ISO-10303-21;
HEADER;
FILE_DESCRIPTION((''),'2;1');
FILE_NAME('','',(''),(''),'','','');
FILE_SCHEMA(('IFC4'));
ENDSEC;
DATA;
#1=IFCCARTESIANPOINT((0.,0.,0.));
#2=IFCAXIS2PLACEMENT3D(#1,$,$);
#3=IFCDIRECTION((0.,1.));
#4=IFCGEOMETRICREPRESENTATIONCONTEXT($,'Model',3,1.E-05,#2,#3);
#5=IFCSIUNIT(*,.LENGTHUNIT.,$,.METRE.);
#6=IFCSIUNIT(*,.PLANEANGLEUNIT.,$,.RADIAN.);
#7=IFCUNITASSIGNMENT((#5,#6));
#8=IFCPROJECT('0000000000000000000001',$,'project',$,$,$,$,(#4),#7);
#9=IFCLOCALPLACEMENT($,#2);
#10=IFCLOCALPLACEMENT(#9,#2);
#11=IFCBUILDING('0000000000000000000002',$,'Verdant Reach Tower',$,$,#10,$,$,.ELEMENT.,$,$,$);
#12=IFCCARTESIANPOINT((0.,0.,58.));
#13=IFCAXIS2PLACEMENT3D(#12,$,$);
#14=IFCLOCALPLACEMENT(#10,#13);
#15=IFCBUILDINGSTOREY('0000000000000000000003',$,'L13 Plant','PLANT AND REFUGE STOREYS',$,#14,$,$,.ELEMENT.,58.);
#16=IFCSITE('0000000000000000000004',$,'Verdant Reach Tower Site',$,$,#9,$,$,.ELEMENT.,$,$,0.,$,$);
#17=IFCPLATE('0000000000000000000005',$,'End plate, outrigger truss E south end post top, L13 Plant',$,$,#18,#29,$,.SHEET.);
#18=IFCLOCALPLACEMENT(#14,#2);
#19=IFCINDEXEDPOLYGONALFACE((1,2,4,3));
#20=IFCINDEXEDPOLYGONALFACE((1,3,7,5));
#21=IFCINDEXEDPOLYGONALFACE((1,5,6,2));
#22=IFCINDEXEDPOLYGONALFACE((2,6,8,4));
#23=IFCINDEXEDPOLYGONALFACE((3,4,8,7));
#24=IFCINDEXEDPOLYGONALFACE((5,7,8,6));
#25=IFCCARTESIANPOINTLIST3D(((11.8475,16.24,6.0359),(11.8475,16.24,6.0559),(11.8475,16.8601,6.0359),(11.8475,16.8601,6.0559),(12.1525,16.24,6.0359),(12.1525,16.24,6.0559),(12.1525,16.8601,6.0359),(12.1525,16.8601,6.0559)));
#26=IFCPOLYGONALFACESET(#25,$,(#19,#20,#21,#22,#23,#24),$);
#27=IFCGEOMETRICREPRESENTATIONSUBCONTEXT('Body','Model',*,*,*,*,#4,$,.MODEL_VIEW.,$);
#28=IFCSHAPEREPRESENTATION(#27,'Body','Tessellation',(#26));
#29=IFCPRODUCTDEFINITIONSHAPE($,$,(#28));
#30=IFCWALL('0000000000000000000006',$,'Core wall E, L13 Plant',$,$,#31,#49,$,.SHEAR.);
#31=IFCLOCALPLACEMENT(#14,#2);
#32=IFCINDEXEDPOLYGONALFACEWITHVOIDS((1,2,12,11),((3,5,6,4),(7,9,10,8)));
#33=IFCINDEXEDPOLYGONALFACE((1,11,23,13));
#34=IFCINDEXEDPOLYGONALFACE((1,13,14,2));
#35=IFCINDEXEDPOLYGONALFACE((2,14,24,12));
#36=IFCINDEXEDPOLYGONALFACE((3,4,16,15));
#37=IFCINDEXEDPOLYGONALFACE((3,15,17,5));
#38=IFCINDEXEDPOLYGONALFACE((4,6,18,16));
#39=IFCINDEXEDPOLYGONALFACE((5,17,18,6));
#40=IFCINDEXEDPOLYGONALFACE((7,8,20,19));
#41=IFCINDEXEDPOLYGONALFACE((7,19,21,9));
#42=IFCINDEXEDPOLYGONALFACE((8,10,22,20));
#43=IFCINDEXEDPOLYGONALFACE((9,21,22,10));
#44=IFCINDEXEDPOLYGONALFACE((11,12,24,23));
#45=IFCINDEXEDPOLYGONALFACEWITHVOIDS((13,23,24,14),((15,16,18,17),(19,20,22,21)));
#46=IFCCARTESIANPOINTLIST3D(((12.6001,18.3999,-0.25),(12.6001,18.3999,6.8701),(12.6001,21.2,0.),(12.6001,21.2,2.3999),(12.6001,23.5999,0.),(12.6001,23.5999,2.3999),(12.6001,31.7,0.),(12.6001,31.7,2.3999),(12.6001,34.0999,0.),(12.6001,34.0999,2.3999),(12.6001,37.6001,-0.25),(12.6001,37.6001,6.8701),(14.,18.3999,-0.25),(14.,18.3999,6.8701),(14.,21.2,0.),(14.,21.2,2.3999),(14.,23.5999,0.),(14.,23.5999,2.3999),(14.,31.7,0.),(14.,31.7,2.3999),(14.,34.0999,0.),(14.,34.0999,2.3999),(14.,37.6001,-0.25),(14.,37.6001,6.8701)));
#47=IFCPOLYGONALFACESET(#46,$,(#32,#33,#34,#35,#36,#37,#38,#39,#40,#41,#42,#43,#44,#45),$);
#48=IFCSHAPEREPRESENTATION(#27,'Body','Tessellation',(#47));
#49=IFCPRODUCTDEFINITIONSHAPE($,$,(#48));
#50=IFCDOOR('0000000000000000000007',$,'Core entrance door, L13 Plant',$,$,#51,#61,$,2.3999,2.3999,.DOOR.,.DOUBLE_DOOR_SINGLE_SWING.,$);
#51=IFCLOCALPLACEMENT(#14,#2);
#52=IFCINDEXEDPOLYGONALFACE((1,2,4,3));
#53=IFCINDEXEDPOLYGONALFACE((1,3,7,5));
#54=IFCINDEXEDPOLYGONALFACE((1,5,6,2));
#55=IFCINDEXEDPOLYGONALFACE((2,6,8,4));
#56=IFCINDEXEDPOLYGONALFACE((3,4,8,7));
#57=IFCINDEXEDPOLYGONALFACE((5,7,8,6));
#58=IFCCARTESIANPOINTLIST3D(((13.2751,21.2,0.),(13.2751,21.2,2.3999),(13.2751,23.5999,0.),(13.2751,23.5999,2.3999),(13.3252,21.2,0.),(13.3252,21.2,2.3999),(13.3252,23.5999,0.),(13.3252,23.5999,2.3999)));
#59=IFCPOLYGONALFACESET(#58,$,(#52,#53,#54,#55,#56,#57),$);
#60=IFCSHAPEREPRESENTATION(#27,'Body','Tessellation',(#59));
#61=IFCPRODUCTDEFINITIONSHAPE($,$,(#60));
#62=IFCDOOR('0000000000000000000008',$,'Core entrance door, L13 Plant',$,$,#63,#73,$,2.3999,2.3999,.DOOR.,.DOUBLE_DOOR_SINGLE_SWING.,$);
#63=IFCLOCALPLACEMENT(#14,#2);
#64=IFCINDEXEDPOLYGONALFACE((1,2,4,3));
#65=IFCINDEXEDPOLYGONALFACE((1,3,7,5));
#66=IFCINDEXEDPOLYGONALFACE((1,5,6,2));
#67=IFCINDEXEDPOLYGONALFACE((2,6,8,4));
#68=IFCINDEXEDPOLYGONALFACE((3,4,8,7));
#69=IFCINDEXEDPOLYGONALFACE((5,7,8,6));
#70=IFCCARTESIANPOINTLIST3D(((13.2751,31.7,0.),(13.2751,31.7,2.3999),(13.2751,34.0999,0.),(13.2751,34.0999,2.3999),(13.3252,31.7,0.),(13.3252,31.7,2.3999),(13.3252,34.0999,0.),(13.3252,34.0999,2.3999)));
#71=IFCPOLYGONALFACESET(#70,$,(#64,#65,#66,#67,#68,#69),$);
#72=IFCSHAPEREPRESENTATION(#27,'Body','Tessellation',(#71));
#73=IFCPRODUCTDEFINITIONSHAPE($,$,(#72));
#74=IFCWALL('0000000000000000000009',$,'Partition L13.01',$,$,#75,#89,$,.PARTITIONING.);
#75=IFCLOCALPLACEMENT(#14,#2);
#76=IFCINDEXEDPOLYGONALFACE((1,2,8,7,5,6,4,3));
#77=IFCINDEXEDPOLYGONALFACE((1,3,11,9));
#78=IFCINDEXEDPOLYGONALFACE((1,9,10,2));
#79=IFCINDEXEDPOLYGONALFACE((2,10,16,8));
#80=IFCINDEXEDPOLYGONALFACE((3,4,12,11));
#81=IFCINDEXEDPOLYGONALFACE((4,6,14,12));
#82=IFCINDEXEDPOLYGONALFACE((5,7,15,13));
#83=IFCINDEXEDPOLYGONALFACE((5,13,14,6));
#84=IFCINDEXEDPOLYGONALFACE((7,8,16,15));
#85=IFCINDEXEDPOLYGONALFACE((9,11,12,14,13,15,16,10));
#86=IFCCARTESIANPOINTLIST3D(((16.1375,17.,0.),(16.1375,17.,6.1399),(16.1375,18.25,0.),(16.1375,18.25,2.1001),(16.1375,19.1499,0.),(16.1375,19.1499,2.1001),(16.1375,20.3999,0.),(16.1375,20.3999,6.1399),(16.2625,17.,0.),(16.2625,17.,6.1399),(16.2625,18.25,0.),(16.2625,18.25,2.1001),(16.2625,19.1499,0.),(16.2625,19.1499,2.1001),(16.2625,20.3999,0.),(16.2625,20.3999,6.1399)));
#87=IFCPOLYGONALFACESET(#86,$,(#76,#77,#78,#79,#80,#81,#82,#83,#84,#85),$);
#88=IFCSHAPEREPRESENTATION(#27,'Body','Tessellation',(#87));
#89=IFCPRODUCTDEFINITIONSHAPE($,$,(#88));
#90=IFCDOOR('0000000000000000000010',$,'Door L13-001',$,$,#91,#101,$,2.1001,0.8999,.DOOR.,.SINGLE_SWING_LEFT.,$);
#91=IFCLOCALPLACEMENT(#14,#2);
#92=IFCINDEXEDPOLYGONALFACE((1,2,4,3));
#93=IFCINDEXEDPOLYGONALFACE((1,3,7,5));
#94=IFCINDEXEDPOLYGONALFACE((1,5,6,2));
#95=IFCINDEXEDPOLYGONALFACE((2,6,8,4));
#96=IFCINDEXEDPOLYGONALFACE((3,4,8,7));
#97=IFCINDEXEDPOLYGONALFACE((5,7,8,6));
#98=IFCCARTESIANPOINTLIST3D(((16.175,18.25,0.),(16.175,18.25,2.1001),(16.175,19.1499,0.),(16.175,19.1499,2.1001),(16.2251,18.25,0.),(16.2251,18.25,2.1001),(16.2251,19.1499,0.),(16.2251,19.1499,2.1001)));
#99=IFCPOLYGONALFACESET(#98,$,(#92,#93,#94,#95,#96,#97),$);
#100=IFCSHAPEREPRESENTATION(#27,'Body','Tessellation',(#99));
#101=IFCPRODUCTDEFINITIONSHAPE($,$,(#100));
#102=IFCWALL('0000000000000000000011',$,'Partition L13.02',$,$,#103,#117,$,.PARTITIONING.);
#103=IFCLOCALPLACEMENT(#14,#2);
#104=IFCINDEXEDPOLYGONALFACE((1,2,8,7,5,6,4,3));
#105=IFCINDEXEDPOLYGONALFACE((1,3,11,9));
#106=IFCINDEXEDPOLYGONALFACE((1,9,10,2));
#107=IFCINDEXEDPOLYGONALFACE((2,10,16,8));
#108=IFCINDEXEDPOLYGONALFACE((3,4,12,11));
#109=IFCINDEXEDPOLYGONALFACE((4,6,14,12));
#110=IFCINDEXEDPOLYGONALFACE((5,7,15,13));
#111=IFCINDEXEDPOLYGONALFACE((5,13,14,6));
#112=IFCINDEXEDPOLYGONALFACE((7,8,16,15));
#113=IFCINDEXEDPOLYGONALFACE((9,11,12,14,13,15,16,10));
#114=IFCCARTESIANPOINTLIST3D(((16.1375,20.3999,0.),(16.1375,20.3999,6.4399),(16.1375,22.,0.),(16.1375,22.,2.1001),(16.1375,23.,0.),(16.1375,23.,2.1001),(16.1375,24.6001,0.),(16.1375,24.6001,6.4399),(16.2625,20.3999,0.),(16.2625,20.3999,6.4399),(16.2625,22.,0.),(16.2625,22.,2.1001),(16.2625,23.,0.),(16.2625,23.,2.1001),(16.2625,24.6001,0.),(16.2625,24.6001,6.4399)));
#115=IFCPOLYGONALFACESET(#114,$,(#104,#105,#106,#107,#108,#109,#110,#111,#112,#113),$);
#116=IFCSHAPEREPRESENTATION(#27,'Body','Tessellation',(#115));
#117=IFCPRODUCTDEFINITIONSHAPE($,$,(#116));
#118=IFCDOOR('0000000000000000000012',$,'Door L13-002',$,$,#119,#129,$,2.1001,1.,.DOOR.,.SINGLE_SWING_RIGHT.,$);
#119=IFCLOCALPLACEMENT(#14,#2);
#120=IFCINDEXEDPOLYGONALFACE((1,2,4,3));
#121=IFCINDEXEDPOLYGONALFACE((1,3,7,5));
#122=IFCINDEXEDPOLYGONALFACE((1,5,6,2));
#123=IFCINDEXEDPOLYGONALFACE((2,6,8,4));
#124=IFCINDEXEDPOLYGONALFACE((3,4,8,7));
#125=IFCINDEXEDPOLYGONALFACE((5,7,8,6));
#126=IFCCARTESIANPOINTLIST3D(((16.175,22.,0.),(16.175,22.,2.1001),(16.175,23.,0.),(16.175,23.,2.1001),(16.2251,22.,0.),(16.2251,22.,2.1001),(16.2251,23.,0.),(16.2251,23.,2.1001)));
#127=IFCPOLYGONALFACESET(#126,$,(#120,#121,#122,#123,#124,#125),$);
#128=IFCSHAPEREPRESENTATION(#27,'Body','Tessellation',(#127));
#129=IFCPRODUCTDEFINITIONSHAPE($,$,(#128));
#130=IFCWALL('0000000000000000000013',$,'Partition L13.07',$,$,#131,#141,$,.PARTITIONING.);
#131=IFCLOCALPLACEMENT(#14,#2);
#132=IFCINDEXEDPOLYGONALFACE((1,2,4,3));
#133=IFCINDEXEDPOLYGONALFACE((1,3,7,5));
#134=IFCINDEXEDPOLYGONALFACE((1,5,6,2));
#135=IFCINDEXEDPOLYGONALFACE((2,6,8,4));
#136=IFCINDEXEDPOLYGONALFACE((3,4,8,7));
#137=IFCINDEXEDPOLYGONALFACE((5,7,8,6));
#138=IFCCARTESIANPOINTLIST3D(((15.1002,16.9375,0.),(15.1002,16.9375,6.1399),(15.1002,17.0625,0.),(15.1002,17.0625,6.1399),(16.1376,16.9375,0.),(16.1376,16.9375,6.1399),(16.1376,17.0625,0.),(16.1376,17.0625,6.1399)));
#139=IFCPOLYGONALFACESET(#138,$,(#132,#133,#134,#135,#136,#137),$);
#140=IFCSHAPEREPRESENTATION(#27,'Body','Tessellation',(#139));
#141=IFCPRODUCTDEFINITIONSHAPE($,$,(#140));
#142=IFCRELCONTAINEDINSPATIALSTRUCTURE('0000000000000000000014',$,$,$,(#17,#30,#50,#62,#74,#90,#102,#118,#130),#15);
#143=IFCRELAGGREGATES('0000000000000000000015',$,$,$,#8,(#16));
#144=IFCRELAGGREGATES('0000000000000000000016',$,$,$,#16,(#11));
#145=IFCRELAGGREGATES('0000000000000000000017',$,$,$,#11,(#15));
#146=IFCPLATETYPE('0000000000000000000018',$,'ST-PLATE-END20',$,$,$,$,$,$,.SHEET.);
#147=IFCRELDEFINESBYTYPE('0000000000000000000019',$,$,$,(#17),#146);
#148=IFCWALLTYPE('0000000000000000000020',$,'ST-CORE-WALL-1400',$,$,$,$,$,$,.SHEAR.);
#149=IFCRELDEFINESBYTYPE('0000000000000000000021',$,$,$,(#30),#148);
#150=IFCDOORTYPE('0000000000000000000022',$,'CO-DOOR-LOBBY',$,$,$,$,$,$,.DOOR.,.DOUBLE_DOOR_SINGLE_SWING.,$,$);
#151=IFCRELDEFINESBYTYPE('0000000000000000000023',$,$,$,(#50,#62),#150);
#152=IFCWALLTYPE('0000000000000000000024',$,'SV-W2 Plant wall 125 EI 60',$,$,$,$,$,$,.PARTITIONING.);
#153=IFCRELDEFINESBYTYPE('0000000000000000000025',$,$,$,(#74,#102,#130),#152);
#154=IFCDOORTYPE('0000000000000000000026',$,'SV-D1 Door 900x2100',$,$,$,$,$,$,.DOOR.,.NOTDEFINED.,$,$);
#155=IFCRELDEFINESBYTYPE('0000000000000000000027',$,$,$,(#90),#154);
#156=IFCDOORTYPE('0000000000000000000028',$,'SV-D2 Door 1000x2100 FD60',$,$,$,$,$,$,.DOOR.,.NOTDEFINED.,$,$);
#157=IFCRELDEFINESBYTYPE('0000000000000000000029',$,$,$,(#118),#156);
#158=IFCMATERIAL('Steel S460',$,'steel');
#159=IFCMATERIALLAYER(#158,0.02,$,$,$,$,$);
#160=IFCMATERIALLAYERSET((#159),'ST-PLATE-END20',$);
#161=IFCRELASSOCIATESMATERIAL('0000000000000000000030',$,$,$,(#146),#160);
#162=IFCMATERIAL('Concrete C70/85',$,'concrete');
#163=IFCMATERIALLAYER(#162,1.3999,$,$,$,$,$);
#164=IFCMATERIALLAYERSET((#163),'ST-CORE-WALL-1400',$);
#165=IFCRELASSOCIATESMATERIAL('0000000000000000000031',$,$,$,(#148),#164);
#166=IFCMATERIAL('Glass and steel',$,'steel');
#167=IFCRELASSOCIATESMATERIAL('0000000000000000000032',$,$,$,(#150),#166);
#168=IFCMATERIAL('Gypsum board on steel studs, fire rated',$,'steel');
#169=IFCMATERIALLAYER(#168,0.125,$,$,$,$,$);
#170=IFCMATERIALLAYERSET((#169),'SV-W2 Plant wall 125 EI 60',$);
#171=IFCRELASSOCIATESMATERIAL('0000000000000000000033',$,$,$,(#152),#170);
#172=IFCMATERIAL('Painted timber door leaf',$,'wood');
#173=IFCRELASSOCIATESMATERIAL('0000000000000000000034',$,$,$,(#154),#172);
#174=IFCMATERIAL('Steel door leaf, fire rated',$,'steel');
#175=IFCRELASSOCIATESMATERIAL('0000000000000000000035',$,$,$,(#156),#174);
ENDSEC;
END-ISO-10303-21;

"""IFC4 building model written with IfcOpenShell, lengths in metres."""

from ifc_helpers import new_model, si_unit, direction, frame, frame_2d, origin, origin_2d, place, context, subcontext, project, spatial, rectangle, extrude, material, layer, layer_set, type_object, element, fill, save


model = new_model("IFC4")

# Units and contexts
model_context = context("Model", 3, precision=1e-05, world=origin(), true_north=direction((0.0, 1.0)))
body_context = subcontext(model_context, "Body", "Model", "MODEL_VIEW")
ifc_project = project(units=[si_unit("LENGTHUNIT", "METRE"), si_unit("PLANEANGLEUNIT", "RADIAN")], contexts=[model_context])

# Site, building, storey
site_placement = place(None, origin())
site = spatial("IfcSite", under=ifc_project, at=site_placement, Name="Verdant Reach Tower Site", CompositionType="ELEMENT", RefElevation=0.0)
building_placement = place(site_placement, origin())
building = spatial("IfcBuilding", under=site, at=building_placement, Name="Verdant Reach Tower", CompositionType="ELEMENT")
storey_placement = place(building_placement, frame((0.0, 0.0, 58.0)))
storey = spatial("IfcBuildingStorey", under=building, at=storey_placement, Name="L13 Plant", Description="PLANT AND REFUGE STOREYS", CompositionType="ELEMENT", Elevation=58.0)

# Shared definitions
ifc_material_1 = material(Name="Steel S460", Category="steel")

# Plate
ifc_layer_1 = layer(ifc_material_1, 0.02)
ifc_layer_set_1 = layer_set([ifc_layer_1], Name="ST-PLATE-END20")
plate_type_1 = type_object("IfcPlateType", Name="ST-PLATE-END20", PredefinedType="SHEET", material=ifc_layer_set_1)
plate_1_placement = place(storey_placement, frame((12.0, 16.55, 6.0359), z_axis=(0.0, 0.0, 1.0), x_axis=(1.0, 0.0, 0.0)))
element("IfcPlate", 1, at=plate_1_placement, inside=storey, type_object=plate_type_1, Name="End plate, outrigger truss E south end post top, L13 Plant", PredefinedType="SHEET", context=body_context, shape_type="SweptSolid", body=[
    extrude(rectangle(XDim=0.3049, YDim=0.6201, at=origin_2d()), origin(), (0.0, 0.0, 1.0), 0.02),
])

# Wall, openings, doors
ifc_material_2 = material(Name="Concrete C70/85", Category="concrete")
ifc_layer_2 = layer(ifc_material_2, 1.3999)
ifc_layer_set_2 = layer_set([ifc_layer_2], Name="ST-CORE-WALL-1400")
wall_type_1 = type_object("IfcWallType", Name="ST-CORE-WALL-1400", PredefinedType="SHEAR", material=ifc_layer_set_2)
wall_1_placement = place(storey_placement, frame((13.3, 18.3999, -0.25), z_axis=(0.0, 0.0, 1.0), x_axis=(0.0, 1.0, 0.0)))
wall_1 = element("IfcWall", 2, at=wall_1_placement, inside=storey, type_object=wall_type_1, Name="Core wall E, L13 Plant", PredefinedType="SHEAR", context=body_context, shape_type="SweptSolid", body=[
    extrude(rectangle(XDim=19.2002, YDim=1.3999, at=frame_2d((9.6001, 0.0))), origin(), (0.0, 0.0, 1.0), 7.1201),
])
opening_1_placement = place(wall_1_placement, frame((2.8, 0.0, 0.25)))
opening_1 = element("IfcOpeningElement", 3, at=opening_1_placement, cuts=wall_1, PredefinedType="OPENING", context=body_context, shape_type="SweptSolid", body=[
    extrude(rectangle(XDim=2.3999, YDim=2.3999, at=frame_2d((1.2, 1.2))), frame((0.0, 0.71, 0.0), z_axis=(0.0, -1.0, 0.0), x_axis=(1.0, 0.0, 0.0)), (0.0, 0.0, 1.0), 1.4199),
])
opening_2_placement = place(wall_1_placement, frame((13.3, 0.0, 0.25)))
opening_2 = element("IfcOpeningElement", 4, at=opening_2_placement, cuts=wall_1, PredefinedType="OPENING", context=body_context, shape_type="SweptSolid", body=[
    extrude(rectangle(XDim=2.3999, YDim=2.3999, at=frame_2d((1.2, 1.2))), frame((0.0, 0.71, 0.0), z_axis=(0.0, -1.0, 0.0), x_axis=(1.0, 0.0, 0.0)), (0.0, 0.0, 1.0), 1.4199),
])
ifc_material_3 = material(Name="Glass and steel", Category="steel")
door_type_1 = type_object("IfcDoorType", Name="CO-DOOR-LOBBY", OperationType="DOUBLE_DOOR_SINGLE_SWING", PredefinedType="DOOR", material=ifc_material_3)
door_1_placement = place(opening_1_placement, origin())
door_1 = element("IfcDoor", 5, at=door_1_placement, inside=storey, type_object=door_type_1, Name="Core entrance door, L13 Plant", OperationType="DOUBLE_DOOR_SINGLE_SWING", OverallHeight=2.3999, OverallWidth=2.3999, PredefinedType="DOOR", context=body_context, shape_type="SweptSolid", body=[
    extrude(rectangle(XDim=2.3999, YDim=2.3999, at=frame_2d((1.2, 1.2))), frame((0.0, 0.0249, 0.0), z_axis=(0.0, -1.0, 0.0), x_axis=(1.0, 0.0, 0.0)), (0.0, 0.0, 1.0), 0.05),
])
fill(opening_1, door_1)
door_2_placement = place(opening_2_placement, origin())
door_2 = element("IfcDoor", 6, at=door_2_placement, inside=storey, type_object=door_type_1, Name="Core entrance door, L13 Plant", OperationType="DOUBLE_DOOR_SINGLE_SWING", OverallHeight=2.3999, OverallWidth=2.3999, PredefinedType="DOOR", context=body_context, shape_type="SweptSolid", body=[
    extrude(rectangle(XDim=2.3999, YDim=2.3999, at=frame_2d((1.2, 1.2))), frame((0.0, 0.0249, 0.0), z_axis=(0.0, -1.0, 0.0), x_axis=(1.0, 0.0, 0.0)), (0.0, 0.0, 1.0), 0.05),
])
fill(opening_2, door_2)

# Walls, openings, doors
ifc_material_4 = material(Name="Gypsum board on steel studs, fire rated", Category="steel")
ifc_layer_3 = layer(ifc_material_4, 0.125)
ifc_layer_set_3 = layer_set([ifc_layer_3], Name="SV-W2 Plant wall 125 EI 60")
wall_type_2 = type_object("IfcWallType", Name="SV-W2 Plant wall 125 EI 60", PredefinedType="PARTITIONING", material=ifc_layer_set_3)
wall_2_placement = place(storey_placement, frame((16.2, 17.0, 0.0), z_axis=(0.0, 0.0, 1.0), x_axis=(0.0, 1.0, 0.0)))
wall_2 = element("IfcWall", 7, at=wall_2_placement, inside=storey, type_object=wall_type_2, Name="Partition L13.01", PredefinedType="PARTITIONING", context=body_context, shape_type="SweptSolid", body=[
    extrude(rectangle(XDim=3.3999, YDim=0.125, at=frame_2d((1.7, 0.0))), origin(), (0.0, 0.0, 1.0), 6.1399),
])
opening_3_placement = place(wall_2_placement, frame((1.25, 0.0, 0.0)))
opening_3 = element("IfcOpeningElement", 8, at=opening_3_placement, cuts=wall_2, PredefinedType="OPENING", context=body_context, shape_type="SweptSolid", body=[
    extrude(rectangle(XDim=0.8999, YDim=2.1001, at=frame_2d((0.45, 1.05))), frame((0.0, 0.0725, 0.0), z_axis=(0.0, -1.0, 0.0), x_axis=(1.0, 0.0, 0.0)), (0.0, 0.0, 1.0), 0.145),
])
ifc_material_5 = material(Name="Painted timber door leaf", Category="wood")
door_type_2 = type_object("IfcDoorType", Name="SV-D1 Door 900x2100", OperationType="NOTDEFINED", PredefinedType="DOOR", material=ifc_material_5)
door_3_placement = place(opening_3_placement, origin())
door_3 = element("IfcDoor", 9, at=door_3_placement, inside=storey, type_object=door_type_2, Name="Door L13-001", OperationType="SINGLE_SWING_LEFT", OverallHeight=2.1001, OverallWidth=0.8999, PredefinedType="DOOR", context=body_context, shape_type="SweptSolid", body=[
    extrude(rectangle(XDim=0.8999, YDim=2.1001, at=frame_2d((0.45, 1.05))), frame((0.0, 0.0249, 0.0), z_axis=(0.0, -1.0, 0.0), x_axis=(1.0, 0.0, 0.0)), (0.0, 0.0, 1.0), 0.05),
])
fill(opening_3, door_3)
wall_3_placement = place(storey_placement, frame((16.2, 20.3999, 0.0), z_axis=(0.0, 0.0, 1.0), x_axis=(0.0, 1.0, 0.0)))
wall_3 = element("IfcWall", 10, at=wall_3_placement, inside=storey, type_object=wall_type_2, Name="Partition L13.02", PredefinedType="PARTITIONING", context=body_context, shape_type="SweptSolid", body=[
    extrude(rectangle(XDim=4.2002, YDim=0.125, at=frame_2d((2.1001, 0.0))), origin(), (0.0, 0.0, 1.0), 6.4399),
])
opening_4_placement = place(wall_3_placement, frame((1.6001, 0.0, 0.0)))
opening_4 = element("IfcOpeningElement", 11, at=opening_4_placement, cuts=wall_3, PredefinedType="OPENING", context=body_context, shape_type="SweptSolid", body=[
    extrude(rectangle(XDim=1.0, YDim=2.1001, at=frame_2d((0.5, 1.05))), frame((0.0, 0.0725, 0.0), z_axis=(0.0, -1.0, 0.0), x_axis=(1.0, 0.0, 0.0)), (0.0, 0.0, 1.0), 0.145),
])
ifc_material_6 = material(Name="Steel door leaf, fire rated", Category="steel")
door_type_3 = type_object("IfcDoorType", Name="SV-D2 Door 1000x2100 FD60", OperationType="NOTDEFINED", PredefinedType="DOOR", material=ifc_material_6)
door_4_placement = place(opening_4_placement, origin())
door_4 = element("IfcDoor", 12, at=door_4_placement, inside=storey, type_object=door_type_3, Name="Door L13-002", OperationType="SINGLE_SWING_RIGHT", OverallHeight=2.1001, OverallWidth=1.0, PredefinedType="DOOR", context=body_context, shape_type="SweptSolid", body=[
    extrude(rectangle(XDim=1.0, YDim=2.1001, at=frame_2d((0.5, 1.05))), frame((0.0, 0.0249, 0.0), z_axis=(0.0, -1.0, 0.0), x_axis=(1.0, 0.0, 0.0)), (0.0, 0.0, 1.0), 0.05),
])
fill(opening_4, door_4)

# Wall
wall_4_placement = place(storey_placement, frame((16.1375, 17.0, 0.0), z_axis=(0.0, 0.0, 1.0), x_axis=(-1.0, 0.0, 0.0)))
element("IfcWall", 13, at=wall_4_placement, inside=storey, type_object=wall_type_2, Name="Partition L13.07", PredefinedType="PARTITIONING", context=body_context, shape_type="SweptSolid", body=[
    extrude(rectangle(XDim=1.0374, YDim=0.125, at=frame_2d((0.5186, 0.0))), origin(), (0.0, 0.0, 1.0), 6.1399),
])

save(model, "model.ifc")
